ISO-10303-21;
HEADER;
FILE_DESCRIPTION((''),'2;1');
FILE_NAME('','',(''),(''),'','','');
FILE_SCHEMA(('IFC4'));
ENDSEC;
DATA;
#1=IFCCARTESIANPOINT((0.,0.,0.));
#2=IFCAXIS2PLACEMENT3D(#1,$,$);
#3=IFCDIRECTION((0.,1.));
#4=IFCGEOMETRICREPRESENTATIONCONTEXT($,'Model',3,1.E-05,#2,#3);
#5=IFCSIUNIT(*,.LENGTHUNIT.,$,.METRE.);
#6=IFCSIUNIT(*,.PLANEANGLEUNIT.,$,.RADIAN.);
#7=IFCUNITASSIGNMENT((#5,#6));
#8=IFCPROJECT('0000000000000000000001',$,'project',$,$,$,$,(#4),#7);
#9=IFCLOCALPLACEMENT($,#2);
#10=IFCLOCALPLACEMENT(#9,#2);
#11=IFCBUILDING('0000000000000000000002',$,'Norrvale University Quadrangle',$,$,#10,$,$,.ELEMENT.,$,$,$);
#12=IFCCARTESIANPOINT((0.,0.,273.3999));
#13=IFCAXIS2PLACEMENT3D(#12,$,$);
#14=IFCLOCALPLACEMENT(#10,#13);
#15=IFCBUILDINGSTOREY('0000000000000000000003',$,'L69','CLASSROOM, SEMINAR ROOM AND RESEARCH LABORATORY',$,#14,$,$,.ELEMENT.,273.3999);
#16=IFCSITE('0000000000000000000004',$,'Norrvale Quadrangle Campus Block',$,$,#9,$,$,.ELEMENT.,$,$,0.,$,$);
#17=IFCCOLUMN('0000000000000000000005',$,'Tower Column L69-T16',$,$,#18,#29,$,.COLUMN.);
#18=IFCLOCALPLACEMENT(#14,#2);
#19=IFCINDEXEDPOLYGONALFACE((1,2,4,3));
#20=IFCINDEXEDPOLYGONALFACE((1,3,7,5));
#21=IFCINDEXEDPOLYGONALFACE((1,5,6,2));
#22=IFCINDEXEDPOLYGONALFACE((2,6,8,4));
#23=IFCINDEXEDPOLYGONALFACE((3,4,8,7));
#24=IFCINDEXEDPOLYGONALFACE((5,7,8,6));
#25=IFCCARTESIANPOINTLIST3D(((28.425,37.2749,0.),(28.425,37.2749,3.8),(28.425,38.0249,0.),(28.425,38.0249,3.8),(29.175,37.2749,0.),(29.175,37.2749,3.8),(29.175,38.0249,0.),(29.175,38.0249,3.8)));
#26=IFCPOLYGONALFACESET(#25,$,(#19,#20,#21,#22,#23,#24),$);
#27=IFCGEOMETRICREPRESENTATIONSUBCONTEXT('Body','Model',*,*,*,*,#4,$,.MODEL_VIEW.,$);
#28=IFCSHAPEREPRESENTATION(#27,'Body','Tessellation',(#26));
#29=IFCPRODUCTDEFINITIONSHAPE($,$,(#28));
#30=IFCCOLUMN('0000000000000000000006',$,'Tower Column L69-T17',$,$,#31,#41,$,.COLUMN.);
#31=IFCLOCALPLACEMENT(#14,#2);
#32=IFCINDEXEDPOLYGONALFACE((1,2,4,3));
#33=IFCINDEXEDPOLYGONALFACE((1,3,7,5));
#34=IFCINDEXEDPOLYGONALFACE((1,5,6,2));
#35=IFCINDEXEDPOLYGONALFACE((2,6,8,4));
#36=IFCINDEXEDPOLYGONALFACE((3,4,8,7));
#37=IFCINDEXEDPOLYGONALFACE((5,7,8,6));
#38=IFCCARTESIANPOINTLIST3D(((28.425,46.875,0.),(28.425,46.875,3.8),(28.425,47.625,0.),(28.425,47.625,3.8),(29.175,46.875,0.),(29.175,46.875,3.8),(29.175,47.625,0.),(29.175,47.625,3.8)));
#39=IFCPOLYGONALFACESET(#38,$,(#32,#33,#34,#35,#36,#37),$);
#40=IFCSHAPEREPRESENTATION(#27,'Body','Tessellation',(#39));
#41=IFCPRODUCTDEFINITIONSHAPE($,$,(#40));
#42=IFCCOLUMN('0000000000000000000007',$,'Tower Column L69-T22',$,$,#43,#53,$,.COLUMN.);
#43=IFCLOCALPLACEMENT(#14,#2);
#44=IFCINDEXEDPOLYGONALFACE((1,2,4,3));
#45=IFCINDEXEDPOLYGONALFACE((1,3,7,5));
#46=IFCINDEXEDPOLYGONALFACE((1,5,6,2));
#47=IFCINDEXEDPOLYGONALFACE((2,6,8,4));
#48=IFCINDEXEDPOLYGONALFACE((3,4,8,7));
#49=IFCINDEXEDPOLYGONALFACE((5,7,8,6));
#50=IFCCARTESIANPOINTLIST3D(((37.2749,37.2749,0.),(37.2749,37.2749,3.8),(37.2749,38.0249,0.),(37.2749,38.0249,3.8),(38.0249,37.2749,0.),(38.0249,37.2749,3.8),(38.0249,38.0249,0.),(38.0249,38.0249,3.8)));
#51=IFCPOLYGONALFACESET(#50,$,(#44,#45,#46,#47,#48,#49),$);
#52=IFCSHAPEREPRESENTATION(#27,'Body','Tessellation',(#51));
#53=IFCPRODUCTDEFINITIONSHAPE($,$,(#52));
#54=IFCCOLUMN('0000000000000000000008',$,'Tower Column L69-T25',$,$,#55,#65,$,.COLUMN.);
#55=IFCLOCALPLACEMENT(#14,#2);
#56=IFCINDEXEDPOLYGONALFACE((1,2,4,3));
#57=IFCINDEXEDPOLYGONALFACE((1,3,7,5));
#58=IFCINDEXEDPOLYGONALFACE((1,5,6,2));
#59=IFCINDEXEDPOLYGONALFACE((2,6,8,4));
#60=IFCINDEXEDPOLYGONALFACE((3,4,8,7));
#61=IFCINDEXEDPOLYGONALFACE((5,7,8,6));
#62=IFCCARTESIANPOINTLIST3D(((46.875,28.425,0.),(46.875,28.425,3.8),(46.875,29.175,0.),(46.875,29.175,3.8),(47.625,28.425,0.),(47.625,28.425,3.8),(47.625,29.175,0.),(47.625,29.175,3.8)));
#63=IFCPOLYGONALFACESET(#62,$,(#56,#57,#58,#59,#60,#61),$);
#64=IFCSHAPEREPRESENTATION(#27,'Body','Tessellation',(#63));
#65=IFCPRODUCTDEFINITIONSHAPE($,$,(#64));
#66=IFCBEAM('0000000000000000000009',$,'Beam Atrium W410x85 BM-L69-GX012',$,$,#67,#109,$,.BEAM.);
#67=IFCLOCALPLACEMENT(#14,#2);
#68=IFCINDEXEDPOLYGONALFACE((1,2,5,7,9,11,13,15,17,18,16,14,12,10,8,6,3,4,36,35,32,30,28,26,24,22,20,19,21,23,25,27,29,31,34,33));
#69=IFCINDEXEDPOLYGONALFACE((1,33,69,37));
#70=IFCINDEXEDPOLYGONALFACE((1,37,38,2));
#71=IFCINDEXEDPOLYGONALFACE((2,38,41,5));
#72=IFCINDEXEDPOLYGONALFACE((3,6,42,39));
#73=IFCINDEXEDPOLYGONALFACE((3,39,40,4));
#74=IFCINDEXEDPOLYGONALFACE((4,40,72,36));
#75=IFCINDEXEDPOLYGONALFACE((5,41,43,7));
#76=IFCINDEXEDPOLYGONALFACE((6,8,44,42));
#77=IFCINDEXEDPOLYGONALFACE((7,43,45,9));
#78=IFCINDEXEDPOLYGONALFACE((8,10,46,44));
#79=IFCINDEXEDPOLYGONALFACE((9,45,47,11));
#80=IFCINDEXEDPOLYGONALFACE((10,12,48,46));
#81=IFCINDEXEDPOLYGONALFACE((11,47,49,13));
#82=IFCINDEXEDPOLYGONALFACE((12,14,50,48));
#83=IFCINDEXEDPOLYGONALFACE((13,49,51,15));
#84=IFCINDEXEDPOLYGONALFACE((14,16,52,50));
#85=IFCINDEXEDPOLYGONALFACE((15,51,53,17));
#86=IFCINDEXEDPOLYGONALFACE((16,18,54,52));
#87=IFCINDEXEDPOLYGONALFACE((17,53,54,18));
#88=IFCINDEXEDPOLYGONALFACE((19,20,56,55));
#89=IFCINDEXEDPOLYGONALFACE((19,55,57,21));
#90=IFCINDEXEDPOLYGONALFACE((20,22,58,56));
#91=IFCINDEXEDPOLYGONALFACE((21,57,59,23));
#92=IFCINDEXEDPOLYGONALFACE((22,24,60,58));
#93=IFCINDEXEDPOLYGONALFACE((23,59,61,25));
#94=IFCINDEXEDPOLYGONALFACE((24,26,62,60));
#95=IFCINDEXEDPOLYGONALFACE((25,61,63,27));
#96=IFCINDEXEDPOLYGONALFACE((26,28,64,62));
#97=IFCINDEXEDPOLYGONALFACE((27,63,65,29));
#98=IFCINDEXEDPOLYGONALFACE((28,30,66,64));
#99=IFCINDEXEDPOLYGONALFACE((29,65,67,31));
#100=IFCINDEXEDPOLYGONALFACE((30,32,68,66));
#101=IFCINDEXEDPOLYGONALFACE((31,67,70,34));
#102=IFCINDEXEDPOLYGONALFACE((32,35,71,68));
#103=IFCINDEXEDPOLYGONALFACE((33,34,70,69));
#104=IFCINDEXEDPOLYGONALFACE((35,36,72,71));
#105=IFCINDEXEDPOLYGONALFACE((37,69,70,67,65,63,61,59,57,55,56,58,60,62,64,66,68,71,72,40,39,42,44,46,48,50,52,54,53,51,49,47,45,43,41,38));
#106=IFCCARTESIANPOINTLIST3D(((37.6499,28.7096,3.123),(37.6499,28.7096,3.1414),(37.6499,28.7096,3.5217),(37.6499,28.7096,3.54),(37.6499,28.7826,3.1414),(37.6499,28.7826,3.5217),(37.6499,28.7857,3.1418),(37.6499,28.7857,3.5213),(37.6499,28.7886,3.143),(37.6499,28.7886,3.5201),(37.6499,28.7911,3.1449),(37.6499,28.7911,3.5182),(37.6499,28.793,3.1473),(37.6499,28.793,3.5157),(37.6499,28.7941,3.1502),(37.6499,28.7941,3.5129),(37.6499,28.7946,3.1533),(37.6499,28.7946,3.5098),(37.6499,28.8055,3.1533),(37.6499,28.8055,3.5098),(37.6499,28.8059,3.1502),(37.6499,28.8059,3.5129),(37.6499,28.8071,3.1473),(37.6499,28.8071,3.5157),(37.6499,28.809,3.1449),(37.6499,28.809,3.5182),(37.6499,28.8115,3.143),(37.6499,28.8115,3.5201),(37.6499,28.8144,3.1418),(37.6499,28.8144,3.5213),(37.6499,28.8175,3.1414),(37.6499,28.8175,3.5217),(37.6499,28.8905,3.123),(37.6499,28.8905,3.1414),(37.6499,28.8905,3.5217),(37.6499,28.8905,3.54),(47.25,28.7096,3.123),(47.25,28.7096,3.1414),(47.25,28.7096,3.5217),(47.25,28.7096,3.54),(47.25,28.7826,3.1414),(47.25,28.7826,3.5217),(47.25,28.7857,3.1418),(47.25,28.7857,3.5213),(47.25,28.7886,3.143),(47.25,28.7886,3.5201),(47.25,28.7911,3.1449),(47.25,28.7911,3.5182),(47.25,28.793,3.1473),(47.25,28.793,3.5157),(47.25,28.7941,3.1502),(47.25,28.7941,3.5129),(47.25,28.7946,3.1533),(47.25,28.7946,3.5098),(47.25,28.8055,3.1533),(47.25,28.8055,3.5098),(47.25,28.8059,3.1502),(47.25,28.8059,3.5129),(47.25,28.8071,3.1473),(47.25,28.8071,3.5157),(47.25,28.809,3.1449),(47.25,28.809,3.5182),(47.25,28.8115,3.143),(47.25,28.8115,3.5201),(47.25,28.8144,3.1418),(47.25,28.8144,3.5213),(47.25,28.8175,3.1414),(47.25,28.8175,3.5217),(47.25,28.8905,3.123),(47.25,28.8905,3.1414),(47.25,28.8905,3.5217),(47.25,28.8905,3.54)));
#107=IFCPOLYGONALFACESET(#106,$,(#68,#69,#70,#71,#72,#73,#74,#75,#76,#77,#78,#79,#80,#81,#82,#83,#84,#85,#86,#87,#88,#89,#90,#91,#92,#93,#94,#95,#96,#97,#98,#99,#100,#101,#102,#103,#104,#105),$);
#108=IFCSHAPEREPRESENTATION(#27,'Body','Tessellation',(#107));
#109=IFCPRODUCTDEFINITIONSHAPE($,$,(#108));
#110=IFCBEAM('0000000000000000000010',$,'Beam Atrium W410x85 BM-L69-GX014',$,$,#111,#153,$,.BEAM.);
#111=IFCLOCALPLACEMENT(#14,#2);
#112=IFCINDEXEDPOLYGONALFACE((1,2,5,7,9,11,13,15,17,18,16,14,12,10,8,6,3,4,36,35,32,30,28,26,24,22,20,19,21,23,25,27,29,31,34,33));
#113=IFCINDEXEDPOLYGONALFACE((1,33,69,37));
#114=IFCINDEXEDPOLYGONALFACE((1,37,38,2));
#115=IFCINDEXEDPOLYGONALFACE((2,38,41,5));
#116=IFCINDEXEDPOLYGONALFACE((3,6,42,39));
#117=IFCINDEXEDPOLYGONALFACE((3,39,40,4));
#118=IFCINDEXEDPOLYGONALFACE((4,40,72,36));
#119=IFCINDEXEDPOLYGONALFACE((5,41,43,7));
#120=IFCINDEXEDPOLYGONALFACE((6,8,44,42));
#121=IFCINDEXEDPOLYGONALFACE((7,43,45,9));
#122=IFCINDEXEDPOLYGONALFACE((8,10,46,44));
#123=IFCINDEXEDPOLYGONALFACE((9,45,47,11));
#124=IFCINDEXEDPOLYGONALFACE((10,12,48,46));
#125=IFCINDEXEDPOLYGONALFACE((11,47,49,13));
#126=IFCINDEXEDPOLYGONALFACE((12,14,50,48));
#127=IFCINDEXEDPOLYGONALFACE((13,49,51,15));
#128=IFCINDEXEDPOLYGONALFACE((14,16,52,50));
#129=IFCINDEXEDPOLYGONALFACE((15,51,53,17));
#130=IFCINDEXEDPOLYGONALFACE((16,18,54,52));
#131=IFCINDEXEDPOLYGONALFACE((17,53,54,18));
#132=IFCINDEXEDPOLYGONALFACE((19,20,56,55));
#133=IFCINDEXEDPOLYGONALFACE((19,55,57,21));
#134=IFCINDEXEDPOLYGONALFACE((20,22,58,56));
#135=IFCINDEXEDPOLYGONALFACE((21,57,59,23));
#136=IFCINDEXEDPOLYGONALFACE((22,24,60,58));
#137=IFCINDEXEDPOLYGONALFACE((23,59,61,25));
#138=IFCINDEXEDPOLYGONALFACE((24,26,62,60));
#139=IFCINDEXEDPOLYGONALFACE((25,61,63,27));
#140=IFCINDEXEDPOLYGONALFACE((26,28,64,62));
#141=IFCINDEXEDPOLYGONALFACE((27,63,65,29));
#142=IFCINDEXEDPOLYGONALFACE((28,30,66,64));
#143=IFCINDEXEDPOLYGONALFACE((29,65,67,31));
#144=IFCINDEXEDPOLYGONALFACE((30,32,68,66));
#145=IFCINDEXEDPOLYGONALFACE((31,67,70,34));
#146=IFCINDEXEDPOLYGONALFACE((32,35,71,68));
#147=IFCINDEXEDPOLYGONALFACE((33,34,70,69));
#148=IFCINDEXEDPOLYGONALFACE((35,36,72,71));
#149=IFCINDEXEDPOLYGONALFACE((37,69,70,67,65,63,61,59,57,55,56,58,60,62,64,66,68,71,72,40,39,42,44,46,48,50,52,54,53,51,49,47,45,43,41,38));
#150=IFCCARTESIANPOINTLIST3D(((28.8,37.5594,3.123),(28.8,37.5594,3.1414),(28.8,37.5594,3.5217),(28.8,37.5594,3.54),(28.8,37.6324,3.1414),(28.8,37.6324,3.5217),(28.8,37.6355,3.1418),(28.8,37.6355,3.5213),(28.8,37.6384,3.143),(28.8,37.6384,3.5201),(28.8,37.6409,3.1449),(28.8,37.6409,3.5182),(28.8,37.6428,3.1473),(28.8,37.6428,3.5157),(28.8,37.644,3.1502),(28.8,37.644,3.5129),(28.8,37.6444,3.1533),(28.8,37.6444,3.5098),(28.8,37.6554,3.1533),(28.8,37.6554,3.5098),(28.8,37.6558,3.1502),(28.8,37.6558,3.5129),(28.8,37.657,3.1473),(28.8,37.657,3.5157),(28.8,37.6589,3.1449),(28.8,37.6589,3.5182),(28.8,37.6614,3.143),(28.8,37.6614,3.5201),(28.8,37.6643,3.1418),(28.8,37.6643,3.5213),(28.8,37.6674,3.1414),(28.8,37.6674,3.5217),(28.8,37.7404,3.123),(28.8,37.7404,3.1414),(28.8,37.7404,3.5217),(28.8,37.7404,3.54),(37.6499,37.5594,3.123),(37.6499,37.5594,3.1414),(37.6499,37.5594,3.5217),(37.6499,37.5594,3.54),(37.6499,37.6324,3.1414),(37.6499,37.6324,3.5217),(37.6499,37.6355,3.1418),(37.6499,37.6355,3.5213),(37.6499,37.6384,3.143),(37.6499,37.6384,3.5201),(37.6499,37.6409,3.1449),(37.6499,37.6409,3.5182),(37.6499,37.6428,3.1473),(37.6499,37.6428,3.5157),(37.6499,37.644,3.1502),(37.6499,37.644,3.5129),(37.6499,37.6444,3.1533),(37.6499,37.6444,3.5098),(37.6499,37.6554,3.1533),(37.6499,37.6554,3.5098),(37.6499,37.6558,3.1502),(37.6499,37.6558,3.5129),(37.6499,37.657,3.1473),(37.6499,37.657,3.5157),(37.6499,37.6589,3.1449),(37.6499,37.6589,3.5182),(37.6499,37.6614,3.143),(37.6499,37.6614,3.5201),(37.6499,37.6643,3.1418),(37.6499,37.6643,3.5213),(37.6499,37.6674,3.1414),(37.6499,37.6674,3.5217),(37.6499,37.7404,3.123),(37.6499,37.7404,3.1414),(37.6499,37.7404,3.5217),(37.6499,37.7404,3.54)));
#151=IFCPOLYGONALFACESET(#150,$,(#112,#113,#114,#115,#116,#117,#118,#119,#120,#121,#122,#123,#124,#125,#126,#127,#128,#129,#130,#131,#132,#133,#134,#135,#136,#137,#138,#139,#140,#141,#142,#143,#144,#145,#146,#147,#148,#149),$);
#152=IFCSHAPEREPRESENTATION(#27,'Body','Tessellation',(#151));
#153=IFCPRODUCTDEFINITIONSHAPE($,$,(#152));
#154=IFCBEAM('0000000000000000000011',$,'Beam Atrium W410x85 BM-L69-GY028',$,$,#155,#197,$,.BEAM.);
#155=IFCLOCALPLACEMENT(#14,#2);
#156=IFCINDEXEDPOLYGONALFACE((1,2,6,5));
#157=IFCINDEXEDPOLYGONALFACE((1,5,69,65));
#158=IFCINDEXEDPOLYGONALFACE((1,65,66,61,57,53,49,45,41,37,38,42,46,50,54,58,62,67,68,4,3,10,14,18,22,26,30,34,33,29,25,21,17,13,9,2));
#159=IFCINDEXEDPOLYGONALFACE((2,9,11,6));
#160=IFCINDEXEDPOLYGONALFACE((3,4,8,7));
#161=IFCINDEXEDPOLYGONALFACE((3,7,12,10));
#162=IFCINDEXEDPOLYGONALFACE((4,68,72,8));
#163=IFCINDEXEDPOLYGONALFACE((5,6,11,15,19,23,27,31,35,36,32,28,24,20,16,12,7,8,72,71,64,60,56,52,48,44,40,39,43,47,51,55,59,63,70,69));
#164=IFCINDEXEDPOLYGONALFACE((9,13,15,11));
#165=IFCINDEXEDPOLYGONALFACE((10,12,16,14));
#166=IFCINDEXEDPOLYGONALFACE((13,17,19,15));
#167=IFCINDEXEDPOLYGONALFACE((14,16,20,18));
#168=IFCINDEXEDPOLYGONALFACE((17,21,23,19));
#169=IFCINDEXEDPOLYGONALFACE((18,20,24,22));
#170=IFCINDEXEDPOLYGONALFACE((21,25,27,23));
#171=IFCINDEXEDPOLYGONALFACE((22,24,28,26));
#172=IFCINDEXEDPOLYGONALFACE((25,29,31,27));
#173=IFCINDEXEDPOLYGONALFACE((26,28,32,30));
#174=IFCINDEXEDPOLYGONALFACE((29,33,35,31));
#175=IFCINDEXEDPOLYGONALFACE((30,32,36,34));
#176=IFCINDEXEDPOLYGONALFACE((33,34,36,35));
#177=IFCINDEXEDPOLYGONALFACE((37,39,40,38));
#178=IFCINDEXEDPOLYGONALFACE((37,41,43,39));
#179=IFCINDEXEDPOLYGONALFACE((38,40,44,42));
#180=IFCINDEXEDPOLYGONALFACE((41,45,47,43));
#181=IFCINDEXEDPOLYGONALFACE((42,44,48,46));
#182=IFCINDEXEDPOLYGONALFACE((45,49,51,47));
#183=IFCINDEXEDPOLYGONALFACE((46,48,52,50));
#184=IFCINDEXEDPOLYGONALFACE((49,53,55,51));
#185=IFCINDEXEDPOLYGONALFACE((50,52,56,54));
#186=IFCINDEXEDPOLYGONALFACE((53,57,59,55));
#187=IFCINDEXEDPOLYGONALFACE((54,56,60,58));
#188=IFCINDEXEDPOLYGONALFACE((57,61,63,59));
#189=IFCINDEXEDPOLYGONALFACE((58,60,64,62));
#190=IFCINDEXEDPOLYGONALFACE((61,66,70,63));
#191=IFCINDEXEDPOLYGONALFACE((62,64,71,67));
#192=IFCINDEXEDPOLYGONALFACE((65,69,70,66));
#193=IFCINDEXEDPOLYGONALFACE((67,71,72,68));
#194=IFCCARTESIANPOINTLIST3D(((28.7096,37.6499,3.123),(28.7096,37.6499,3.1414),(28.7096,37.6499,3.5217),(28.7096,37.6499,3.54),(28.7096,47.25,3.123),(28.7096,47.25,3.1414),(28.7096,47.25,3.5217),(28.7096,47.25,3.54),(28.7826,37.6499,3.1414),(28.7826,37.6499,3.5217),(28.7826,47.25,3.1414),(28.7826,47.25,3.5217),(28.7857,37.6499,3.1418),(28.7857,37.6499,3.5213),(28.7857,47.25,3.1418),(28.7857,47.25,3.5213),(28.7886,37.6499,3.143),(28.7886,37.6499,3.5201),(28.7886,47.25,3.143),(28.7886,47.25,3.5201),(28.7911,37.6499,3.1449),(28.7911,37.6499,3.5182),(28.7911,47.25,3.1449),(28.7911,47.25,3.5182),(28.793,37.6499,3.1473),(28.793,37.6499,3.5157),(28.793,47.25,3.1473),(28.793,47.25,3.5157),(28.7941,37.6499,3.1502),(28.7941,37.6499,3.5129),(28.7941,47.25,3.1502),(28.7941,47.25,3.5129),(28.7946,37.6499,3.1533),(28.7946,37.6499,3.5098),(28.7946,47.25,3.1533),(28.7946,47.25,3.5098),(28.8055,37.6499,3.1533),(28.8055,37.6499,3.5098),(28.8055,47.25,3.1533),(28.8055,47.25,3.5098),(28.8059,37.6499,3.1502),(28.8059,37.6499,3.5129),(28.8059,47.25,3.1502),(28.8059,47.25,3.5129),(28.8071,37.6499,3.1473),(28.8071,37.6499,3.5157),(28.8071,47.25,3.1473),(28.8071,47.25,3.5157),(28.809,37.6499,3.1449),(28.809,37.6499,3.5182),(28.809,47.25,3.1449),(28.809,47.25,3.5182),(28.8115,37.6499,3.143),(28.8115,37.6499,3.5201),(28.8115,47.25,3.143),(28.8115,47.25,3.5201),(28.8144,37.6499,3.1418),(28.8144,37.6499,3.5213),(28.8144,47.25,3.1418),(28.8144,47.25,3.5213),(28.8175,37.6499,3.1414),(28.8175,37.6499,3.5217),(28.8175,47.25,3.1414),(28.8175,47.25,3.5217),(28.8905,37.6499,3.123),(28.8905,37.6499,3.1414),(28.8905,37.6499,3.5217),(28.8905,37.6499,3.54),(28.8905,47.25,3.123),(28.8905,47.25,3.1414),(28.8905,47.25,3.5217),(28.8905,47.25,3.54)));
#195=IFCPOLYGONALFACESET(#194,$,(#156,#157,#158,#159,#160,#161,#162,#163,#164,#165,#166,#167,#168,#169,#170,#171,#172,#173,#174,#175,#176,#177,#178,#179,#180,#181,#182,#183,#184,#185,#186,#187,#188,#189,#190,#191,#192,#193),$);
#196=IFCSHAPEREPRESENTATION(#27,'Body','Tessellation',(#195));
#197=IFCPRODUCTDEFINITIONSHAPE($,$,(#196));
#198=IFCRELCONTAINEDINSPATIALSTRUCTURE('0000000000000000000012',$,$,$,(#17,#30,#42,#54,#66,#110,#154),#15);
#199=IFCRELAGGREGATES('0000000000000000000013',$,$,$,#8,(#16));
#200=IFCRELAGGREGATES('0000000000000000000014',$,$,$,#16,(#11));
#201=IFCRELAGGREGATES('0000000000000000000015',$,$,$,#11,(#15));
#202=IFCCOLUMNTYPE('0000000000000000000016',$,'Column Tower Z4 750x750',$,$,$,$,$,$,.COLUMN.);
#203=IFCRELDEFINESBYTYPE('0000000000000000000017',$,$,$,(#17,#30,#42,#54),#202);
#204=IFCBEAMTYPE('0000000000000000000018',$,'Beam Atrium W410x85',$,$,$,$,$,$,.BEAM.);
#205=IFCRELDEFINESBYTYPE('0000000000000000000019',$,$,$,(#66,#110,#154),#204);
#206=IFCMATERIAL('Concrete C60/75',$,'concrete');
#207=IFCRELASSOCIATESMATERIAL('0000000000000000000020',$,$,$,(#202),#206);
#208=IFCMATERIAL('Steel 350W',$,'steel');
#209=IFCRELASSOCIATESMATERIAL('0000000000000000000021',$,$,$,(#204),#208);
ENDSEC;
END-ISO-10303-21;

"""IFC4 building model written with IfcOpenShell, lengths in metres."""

from ifc_helpers import new_model, si_unit, direction, frame, origin, origin_2d, place, context, subcontext, project, spatial, rectangle, i_section, extrude, material, material_profile, profile_set, type_object, element, save


model = new_model("IFC4")

# Units and contexts
model_context = context("Model", 3, precision=1e-05, world=origin(), true_north=direction((0.0, 1.0)))
body_context = subcontext(model_context, "Body", "Model", "MODEL_VIEW")
ifc_project = project(units=[si_unit("LENGTHUNIT", "METRE"), si_unit("PLANEANGLEUNIT", "RADIAN")], contexts=[model_context])

# Site, building, storey
site_placement = place(None, origin())
site = spatial("IfcSite", under=ifc_project, at=site_placement, Name="Norrvale Quadrangle Campus Block", CompositionType="ELEMENT", RefElevation=0.0)
building_placement = place(site_placement, origin())
building = spatial("IfcBuilding", under=site, at=building_placement, Name="Norrvale University Quadrangle", CompositionType="ELEMENT")
storey_placement = place(building_placement, frame((0.0, 0.0, 273.3999)))
storey = spatial("IfcBuildingStorey", under=building, at=storey_placement, Name="L69", Description="CLASSROOM, SEMINAR ROOM AND RESEARCH LABORATORY", CompositionType="ELEMENT", Elevation=273.3999)

# Columns
ifc_material_1 = material(Name="Concrete C60/75", Category="concrete")
ifc_material_profile_1 = material_profile(ifc_material_1, rectangle(XDim=0.75, YDim=0.75, at=origin_2d()), Name="Concrete C60/75")
ifc_profile_set_1 = profile_set([ifc_material_profile_1], Name="Concrete C60/75")
column_type = type_object("IfcColumnType", Name="Column Tower Z4 750x750", PredefinedType="COLUMN", material=ifc_profile_set_1)
for number, where, z_axis, x_axis, name in (
    (1, (28.8, 37.6499, 0.0), (0.0, 0.0, 1.0), (1.0, 0.0, 0.0), "Tower Column L69-T16"),
    (2, (28.8, 47.25, 0.0), (0.0, 0.0, 1.0), (1.0, 0.0, 0.0), "Tower Column L69-T17"),
    (3, (37.6499, 37.6499, 0.0), (0.0, 0.0, 1.0), (1.0, 0.0, 0.0), "Tower Column L69-T22"),
    (4, (47.25, 28.8, 0.0), (0.0, 0.0, 1.0), (1.0, 0.0, 0.0), "Tower Column L69-T25"),
):
    element("IfcColumn", number, at=place(storey_placement, frame(where, z_axis=z_axis, x_axis=x_axis)), inside=storey, type_object=column_type, Name=name, PredefinedType="COLUMN", context=body_context, shape_type="SweptSolid", body=[
        extrude(rectangle(XDim=0.75, YDim=0.75, at=origin_2d()), origin(), (0.0, 0.0, 1.0), 3.8),
    ])

# Beams
ifc_material_2 = material(Name="Steel 350W", Category="steel")
ifc_material_profile_2 = material_profile(ifc_material_2, i_section(OverallWidth=0.1809, OverallDepth=0.417, WebThickness=0.011, FlangeThickness=0.0183, FilletRadius=0.012, at=origin_2d()), Name="Steel 350W")
ifc_profile_set_2 = profile_set([ifc_material_profile_2], Name="Steel 350W")
beam_type_1 = type_object("IfcBeamType", Name="Beam Atrium W410x85", PredefinedType="BEAM", material=ifc_profile_set_2)
beam_1_placement = place(storey_placement, frame((37.6499, 28.8, 3.3315), z_axis=(1.0, 0.0, 0.0), x_axis=(0.0, 1.0, 0.0)))
element("IfcBeam", 5, at=beam_1_placement, inside=storey, type_object=beam_type_1, Name="Beam Atrium W410x85 BM-L69-GX012", PredefinedType="BEAM", context=body_context, shape_type="SweptSolid", body=[
    extrude(i_section(OverallWidth=0.1809, OverallDepth=0.417, WebThickness=0.011, FlangeThickness=0.0183, FilletRadius=0.012, at=origin_2d()), origin(), (0.0, 0.0, 1.0), 9.6001),
])
beam_2_placement = place(storey_placement, frame((28.8, 37.6499, 3.3315), z_axis=(1.0, 0.0, 0.0), x_axis=(0.0, 1.0, 0.0)))
element("IfcBeam", 6, at=beam_2_placement, inside=storey, type_object=beam_type_1, Name="Beam Atrium W410x85 BM-L69-GX014", PredefinedType="BEAM", context=body_context, shape_type="SweptSolid", body=[
    extrude(i_section(OverallWidth=0.1809, OverallDepth=0.417, WebThickness=0.011, FlangeThickness=0.0183, FilletRadius=0.012, at=origin_2d()), origin(), (0.0, 0.0, 1.0), 8.8499),
])
beam_3_placement = place(storey_placement, frame((28.8, 37.6499, 3.3315), z_axis=(0.0, 1.0, 0.0), x_axis=(-1.0, 0.0, 0.0)))
element("IfcBeam", 7, at=beam_3_placement, inside=storey, type_object=beam_type_1, Name="Beam Atrium W410x85 BM-L69-GY028", PredefinedType="BEAM", context=body_context, shape_type="SweptSolid", body=[
    extrude(i_section(OverallWidth=0.1809, OverallDepth=0.417, WebThickness=0.011, FlangeThickness=0.0183, FilletRadius=0.012, at=origin_2d()), origin(), (0.0, 0.0, 1.0), 9.6001),
])

save(model, "model.ifc")
